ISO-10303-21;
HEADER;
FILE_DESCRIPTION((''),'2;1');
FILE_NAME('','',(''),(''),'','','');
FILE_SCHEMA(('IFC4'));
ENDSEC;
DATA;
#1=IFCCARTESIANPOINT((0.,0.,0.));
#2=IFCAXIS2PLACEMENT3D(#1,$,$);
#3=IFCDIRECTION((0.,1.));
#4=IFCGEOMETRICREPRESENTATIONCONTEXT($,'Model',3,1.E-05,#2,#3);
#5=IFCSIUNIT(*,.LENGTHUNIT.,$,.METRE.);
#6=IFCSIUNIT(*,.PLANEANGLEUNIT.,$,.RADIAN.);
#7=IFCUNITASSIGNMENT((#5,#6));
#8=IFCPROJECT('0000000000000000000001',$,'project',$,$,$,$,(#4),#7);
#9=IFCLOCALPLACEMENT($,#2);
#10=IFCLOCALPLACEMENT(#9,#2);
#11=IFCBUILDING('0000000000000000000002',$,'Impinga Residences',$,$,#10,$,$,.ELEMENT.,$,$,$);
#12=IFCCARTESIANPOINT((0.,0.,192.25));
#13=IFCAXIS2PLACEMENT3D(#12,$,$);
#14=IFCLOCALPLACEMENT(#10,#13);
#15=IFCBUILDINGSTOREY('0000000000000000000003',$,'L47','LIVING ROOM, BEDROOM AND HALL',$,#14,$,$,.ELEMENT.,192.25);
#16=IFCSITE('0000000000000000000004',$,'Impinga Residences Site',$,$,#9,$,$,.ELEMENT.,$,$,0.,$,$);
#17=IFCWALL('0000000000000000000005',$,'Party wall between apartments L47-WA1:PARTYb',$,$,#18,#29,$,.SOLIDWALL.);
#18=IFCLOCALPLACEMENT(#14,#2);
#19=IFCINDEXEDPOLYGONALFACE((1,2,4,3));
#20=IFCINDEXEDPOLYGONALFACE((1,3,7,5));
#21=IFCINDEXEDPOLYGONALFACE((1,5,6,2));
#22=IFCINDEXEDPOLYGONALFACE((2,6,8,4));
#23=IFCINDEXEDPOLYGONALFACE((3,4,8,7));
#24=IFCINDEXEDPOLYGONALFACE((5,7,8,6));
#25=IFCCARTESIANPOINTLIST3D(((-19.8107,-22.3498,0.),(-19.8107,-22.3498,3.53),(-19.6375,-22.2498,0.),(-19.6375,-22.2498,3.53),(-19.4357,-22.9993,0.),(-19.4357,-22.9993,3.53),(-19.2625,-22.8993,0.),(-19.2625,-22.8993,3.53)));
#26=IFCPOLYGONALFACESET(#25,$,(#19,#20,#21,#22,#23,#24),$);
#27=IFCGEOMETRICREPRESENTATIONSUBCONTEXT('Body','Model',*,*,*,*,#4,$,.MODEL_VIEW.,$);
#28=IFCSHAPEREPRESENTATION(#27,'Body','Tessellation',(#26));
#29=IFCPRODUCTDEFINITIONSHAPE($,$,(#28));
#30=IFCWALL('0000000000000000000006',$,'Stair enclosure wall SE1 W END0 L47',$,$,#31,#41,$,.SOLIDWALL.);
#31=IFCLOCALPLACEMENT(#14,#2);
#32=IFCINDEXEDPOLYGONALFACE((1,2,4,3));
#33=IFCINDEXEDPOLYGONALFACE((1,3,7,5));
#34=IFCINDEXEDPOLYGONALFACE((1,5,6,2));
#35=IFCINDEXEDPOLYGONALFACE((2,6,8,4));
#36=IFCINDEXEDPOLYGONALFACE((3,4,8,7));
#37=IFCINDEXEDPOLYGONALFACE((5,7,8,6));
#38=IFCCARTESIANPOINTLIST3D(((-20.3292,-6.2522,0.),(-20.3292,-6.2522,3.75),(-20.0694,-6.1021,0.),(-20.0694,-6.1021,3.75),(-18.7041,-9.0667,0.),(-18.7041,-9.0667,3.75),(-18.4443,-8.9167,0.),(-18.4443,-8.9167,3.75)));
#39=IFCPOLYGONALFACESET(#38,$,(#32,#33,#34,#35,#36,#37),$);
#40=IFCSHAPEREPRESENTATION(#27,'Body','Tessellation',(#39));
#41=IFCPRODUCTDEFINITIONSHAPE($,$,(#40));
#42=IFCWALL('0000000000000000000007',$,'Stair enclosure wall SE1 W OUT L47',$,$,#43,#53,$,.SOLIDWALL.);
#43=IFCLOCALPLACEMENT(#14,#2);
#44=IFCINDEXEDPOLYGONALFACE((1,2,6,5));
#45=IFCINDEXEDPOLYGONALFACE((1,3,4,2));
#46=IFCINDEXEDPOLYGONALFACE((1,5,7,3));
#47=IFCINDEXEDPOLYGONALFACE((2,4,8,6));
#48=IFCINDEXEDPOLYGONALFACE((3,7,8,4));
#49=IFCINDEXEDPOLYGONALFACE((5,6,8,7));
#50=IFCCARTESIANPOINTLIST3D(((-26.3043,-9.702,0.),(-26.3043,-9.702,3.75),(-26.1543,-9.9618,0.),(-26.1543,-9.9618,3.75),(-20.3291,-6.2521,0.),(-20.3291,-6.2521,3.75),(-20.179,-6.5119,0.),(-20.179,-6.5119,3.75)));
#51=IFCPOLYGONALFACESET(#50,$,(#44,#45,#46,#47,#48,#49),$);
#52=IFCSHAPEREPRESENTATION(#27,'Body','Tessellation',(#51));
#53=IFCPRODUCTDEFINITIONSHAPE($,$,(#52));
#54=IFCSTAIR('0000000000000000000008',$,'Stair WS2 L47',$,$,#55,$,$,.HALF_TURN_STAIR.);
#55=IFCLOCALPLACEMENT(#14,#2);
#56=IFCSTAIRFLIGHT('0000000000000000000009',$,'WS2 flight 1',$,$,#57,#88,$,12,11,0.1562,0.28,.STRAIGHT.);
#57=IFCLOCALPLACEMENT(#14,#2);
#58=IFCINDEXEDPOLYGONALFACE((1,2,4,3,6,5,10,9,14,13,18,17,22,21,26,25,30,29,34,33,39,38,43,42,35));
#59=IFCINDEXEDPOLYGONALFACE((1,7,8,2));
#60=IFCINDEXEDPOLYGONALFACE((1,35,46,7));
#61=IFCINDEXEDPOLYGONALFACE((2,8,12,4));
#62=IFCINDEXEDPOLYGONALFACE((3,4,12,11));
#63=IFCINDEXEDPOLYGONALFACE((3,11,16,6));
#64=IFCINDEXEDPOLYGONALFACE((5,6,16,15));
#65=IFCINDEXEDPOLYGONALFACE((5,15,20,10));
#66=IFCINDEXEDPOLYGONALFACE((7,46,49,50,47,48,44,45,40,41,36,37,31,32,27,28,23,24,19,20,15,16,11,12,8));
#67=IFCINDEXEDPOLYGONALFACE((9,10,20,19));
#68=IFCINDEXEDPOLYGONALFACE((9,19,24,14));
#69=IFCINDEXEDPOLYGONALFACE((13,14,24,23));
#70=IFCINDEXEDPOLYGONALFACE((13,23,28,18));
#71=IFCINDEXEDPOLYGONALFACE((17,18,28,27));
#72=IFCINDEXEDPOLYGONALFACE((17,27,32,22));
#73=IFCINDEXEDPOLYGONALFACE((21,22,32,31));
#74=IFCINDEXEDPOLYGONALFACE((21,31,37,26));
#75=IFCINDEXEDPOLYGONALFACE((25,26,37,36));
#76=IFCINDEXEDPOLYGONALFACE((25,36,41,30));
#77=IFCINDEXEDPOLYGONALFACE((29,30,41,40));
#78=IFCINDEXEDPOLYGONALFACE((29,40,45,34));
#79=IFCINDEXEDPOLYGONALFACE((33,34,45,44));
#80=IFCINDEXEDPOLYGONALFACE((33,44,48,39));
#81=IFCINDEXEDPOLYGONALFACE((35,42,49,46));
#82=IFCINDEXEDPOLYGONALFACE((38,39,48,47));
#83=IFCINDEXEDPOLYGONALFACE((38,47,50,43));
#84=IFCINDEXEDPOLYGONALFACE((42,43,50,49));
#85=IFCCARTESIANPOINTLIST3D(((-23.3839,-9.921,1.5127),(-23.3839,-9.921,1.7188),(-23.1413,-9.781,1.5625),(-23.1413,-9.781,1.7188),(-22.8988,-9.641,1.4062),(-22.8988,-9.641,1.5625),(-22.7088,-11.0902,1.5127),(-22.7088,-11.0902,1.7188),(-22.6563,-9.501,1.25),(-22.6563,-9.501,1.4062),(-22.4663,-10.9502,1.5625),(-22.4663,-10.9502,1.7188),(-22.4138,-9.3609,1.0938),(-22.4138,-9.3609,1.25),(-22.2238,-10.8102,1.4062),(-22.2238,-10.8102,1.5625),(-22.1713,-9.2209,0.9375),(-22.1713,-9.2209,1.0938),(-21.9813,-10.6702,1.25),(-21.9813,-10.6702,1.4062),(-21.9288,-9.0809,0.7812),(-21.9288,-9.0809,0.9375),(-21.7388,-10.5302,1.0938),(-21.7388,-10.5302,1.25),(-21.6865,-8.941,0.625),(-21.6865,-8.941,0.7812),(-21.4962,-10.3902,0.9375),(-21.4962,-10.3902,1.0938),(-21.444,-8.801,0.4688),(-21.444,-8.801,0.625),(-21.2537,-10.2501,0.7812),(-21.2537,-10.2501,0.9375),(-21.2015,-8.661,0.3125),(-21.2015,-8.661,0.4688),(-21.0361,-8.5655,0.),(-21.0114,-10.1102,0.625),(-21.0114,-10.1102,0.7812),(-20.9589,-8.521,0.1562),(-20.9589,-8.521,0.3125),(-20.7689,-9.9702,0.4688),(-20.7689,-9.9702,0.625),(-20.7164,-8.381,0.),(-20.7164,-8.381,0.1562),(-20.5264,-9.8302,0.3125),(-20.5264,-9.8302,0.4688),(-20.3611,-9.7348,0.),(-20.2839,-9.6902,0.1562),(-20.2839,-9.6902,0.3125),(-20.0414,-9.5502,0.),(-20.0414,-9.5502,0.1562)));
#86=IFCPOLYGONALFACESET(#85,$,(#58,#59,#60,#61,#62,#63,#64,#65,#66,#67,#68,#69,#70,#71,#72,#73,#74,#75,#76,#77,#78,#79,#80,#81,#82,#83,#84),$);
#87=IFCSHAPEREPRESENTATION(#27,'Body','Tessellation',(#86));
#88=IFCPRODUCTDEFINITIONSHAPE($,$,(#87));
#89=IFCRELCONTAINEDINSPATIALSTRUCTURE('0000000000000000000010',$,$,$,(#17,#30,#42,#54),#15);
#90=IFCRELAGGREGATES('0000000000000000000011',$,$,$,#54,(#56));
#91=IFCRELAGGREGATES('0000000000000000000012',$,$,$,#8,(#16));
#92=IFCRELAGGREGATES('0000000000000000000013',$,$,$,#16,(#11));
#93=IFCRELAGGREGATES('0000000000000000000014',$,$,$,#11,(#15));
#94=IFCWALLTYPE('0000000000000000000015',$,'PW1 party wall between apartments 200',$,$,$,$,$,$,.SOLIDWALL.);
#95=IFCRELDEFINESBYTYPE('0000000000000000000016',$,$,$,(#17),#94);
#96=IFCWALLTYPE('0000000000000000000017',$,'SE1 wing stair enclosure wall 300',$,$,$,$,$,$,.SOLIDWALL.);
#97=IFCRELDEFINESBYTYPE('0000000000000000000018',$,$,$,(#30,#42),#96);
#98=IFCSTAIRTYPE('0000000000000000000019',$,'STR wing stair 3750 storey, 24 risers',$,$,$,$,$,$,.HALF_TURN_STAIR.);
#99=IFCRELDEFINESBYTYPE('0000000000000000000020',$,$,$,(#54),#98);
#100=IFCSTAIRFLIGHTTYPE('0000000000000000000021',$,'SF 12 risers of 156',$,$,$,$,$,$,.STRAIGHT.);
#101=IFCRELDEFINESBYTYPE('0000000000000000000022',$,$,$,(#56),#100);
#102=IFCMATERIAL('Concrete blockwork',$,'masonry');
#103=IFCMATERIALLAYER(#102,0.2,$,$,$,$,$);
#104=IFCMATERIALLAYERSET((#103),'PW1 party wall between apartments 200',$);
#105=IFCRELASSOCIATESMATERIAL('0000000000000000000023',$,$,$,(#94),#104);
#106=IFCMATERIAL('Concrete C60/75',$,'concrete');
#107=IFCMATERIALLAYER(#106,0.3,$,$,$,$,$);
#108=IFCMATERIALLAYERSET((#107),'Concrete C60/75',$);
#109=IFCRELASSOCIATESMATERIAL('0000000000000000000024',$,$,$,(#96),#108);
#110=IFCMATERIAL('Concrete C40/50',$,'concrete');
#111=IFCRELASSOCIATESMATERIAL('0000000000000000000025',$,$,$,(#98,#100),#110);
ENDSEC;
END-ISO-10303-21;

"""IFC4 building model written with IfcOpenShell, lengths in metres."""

from ifc_helpers import new_model, si_unit, direction, frame, frame_2d, origin, place, context, subcontext, project, spatial, polyline, rectangle, outline, extrude, material, layer, layer_set, type_object, element, aggregate, save


model = new_model("IFC4")

# Units and contexts
model_context = context("Model", 3, precision=1e-05, world=origin(), true_north=direction((0.0, 1.0)))
body_context = subcontext(model_context, "Body", "Model", "MODEL_VIEW")
ifc_project = project(units=[si_unit("LENGTHUNIT", "METRE"), si_unit("PLANEANGLEUNIT", "RADIAN")], contexts=[model_context])

# Site, building, storey
site_placement = place(None, origin())
site = spatial("IfcSite", under=ifc_project, at=site_placement, Name="Impinga Residences Site", CompositionType="ELEMENT", RefElevation=0.0)
building_placement = place(site_placement, origin())
building = spatial("IfcBuilding", under=site, at=building_placement, Name="Impinga Residences", CompositionType="ELEMENT")
storey_placement = place(building_placement, frame((0.0, 0.0, 192.25)))
storey = spatial("IfcBuildingStorey", under=building, at=storey_placement, Name="L47", Description="LIVING ROOM, BEDROOM AND HALL", CompositionType="ELEMENT", Elevation=192.25)

# Shared definitions
ifc_material_1 = material(Name="Concrete C60/75", Category="concrete")

# Walls
ifc_material_2 = material(Name="Concrete blockwork", Category="masonry")
ifc_layer_1 = layer(ifc_material_2, 0.2)
ifc_layer_set_1 = layer_set([ifc_layer_1], Name="PW1 party wall between apartments 200")
wall_type_1 = type_object("IfcWallType", Name="PW1 party wall between apartments 200", PredefinedType="SOLIDWALL", material=ifc_layer_set_1)
wall_1_placement = place(storey_placement, frame((-19.7241, -22.2998, 0.0), z_axis=(0.0, 0.0, 1.0), x_axis=(0.500061, -0.86599, 0.0)))
element("IfcWall", 1, at=wall_1_placement, inside=storey, type_object=wall_type_1, Name="Party wall between apartments L47-WA1:PARTYb", PredefinedType="SOLIDWALL", context=body_context, shape_type="SweptSolid", body=[
    extrude(rectangle(XDim=0.75, YDim=0.2, at=frame_2d((0.375, 0.0))), origin(), (0.0, 0.0, 1.0), 3.53),
])
ifc_layer_2 = layer(ifc_material_1, 0.3)
ifc_layer_set_2 = layer_set([ifc_layer_2], Name="Concrete C60/75")
wall_type_2 = type_object("IfcWallType", Name="SE1 wing stair enclosure wall 300", PredefinedType="SOLIDWALL", material=ifc_layer_set_2)
wall_2_placement = place(storey_placement, frame((-18.5742, -8.9917, 0.0), z_axis=(0.0, 0.0, 1.0), x_axis=(-0.500017, 0.866015, 0.0)))
element("IfcWall", 2, at=wall_2_placement, inside=storey, type_object=wall_type_2, Name="Stair enclosure wall SE1 W END0 L47", PredefinedType="SOLIDWALL", context=body_context, shape_type="SweptSolid", body=[
    extrude(rectangle(XDim=3.25, YDim=0.3, at=frame_2d((1.625, 0.0))), origin(), (0.0, 0.0, 1.0), 3.75),
])
wall_3_placement = place(storey_placement, frame((-20.2542, -6.3821, 0.0), z_axis=(0.0, 0.0, 1.0), x_axis=(-0.86602, -0.500009, 0.0)))
element("IfcWall", 3, at=wall_3_placement, inside=storey, type_object=wall_type_2, Name="Stair enclosure wall SE1 W OUT L47", PredefinedType="SOLIDWALL", context=body_context, shape_type="SweptSolid", body=[
    extrude(rectangle(XDim=6.8997, YDim=0.3, at=frame_2d((3.4497, 0.0))), origin(), (0.0, 0.0, 1.0), 3.75),
])

# Stair, stair flight
ifc_material_3 = material(Name="Concrete C40/50", Category="concrete")
stair_type = type_object("IfcStairType", Name="STR wing stair 3750 storey, 24 risers", PredefinedType="HALF_TURN_STAIR", material=ifc_material_3)
stair_placement = place(storey_placement, origin())
stair = element("IfcStair", 4, at=stair_placement, inside=storey, type_object=stair_type, Name="Stair WS2 L47", PredefinedType="HALF_TURN_STAIR")
stair_flight_type = type_object("IfcStairFlightType", Name="SF 12 risers of 156", PredefinedType="STRAIGHT", material=ifc_material_3)
stair_flight_placement = place(storey_placement, frame((-20.3789, -8.9656, 0.0), z_axis=(0.0, 0.0, 1.0), x_axis=(-0.866025, -0.5, 0.0)))
stair_flight = element("IfcStairFlight", 5, at=stair_flight_placement, type_object=stair_flight_type, Name="WS2 flight 1", NumberOfRisers=12, NumberOfTreads=11, PredefinedType="STRAIGHT", RiserHeight=0.1562, TreadLength=0.28, context=body_context, shape_type="SweptSolid", body=[
    extrude(outline(polyline([(0.0, 0.0), (0.0, 0.1562), (0.28, 0.1562), (0.28, 0.3125), (0.5601, 0.3125), (0.5601, 0.4688), (0.8401, 0.4688), (0.8401, 0.625), (1.1201, 0.625), (1.1201, 0.7812), (1.3999, 0.7812), (1.3999, 0.9375), (1.6799, 0.9375), (1.6799, 1.0938), (1.96, 1.0938), (1.96, 1.25), (2.24, 1.25), (2.24, 1.4062), (2.52, 1.4062), (2.52, 1.5625), (2.8, 1.5625), (2.8, 1.7188), (3.0801, 1.7188), (3.0801, 1.875), (3.0801, 1.5127), (0.3691, 0.0), (0.0, 0.0)])), frame((0.0, 0.675, 0.0), z_axis=(0.0, -1.0, 0.0), x_axis=(1.0, 0.0, 0.0)), (0.0, 0.0, 1.0), 1.3501),
])
aggregate(stair, [stair_flight])

save(model, "model.ifc")
